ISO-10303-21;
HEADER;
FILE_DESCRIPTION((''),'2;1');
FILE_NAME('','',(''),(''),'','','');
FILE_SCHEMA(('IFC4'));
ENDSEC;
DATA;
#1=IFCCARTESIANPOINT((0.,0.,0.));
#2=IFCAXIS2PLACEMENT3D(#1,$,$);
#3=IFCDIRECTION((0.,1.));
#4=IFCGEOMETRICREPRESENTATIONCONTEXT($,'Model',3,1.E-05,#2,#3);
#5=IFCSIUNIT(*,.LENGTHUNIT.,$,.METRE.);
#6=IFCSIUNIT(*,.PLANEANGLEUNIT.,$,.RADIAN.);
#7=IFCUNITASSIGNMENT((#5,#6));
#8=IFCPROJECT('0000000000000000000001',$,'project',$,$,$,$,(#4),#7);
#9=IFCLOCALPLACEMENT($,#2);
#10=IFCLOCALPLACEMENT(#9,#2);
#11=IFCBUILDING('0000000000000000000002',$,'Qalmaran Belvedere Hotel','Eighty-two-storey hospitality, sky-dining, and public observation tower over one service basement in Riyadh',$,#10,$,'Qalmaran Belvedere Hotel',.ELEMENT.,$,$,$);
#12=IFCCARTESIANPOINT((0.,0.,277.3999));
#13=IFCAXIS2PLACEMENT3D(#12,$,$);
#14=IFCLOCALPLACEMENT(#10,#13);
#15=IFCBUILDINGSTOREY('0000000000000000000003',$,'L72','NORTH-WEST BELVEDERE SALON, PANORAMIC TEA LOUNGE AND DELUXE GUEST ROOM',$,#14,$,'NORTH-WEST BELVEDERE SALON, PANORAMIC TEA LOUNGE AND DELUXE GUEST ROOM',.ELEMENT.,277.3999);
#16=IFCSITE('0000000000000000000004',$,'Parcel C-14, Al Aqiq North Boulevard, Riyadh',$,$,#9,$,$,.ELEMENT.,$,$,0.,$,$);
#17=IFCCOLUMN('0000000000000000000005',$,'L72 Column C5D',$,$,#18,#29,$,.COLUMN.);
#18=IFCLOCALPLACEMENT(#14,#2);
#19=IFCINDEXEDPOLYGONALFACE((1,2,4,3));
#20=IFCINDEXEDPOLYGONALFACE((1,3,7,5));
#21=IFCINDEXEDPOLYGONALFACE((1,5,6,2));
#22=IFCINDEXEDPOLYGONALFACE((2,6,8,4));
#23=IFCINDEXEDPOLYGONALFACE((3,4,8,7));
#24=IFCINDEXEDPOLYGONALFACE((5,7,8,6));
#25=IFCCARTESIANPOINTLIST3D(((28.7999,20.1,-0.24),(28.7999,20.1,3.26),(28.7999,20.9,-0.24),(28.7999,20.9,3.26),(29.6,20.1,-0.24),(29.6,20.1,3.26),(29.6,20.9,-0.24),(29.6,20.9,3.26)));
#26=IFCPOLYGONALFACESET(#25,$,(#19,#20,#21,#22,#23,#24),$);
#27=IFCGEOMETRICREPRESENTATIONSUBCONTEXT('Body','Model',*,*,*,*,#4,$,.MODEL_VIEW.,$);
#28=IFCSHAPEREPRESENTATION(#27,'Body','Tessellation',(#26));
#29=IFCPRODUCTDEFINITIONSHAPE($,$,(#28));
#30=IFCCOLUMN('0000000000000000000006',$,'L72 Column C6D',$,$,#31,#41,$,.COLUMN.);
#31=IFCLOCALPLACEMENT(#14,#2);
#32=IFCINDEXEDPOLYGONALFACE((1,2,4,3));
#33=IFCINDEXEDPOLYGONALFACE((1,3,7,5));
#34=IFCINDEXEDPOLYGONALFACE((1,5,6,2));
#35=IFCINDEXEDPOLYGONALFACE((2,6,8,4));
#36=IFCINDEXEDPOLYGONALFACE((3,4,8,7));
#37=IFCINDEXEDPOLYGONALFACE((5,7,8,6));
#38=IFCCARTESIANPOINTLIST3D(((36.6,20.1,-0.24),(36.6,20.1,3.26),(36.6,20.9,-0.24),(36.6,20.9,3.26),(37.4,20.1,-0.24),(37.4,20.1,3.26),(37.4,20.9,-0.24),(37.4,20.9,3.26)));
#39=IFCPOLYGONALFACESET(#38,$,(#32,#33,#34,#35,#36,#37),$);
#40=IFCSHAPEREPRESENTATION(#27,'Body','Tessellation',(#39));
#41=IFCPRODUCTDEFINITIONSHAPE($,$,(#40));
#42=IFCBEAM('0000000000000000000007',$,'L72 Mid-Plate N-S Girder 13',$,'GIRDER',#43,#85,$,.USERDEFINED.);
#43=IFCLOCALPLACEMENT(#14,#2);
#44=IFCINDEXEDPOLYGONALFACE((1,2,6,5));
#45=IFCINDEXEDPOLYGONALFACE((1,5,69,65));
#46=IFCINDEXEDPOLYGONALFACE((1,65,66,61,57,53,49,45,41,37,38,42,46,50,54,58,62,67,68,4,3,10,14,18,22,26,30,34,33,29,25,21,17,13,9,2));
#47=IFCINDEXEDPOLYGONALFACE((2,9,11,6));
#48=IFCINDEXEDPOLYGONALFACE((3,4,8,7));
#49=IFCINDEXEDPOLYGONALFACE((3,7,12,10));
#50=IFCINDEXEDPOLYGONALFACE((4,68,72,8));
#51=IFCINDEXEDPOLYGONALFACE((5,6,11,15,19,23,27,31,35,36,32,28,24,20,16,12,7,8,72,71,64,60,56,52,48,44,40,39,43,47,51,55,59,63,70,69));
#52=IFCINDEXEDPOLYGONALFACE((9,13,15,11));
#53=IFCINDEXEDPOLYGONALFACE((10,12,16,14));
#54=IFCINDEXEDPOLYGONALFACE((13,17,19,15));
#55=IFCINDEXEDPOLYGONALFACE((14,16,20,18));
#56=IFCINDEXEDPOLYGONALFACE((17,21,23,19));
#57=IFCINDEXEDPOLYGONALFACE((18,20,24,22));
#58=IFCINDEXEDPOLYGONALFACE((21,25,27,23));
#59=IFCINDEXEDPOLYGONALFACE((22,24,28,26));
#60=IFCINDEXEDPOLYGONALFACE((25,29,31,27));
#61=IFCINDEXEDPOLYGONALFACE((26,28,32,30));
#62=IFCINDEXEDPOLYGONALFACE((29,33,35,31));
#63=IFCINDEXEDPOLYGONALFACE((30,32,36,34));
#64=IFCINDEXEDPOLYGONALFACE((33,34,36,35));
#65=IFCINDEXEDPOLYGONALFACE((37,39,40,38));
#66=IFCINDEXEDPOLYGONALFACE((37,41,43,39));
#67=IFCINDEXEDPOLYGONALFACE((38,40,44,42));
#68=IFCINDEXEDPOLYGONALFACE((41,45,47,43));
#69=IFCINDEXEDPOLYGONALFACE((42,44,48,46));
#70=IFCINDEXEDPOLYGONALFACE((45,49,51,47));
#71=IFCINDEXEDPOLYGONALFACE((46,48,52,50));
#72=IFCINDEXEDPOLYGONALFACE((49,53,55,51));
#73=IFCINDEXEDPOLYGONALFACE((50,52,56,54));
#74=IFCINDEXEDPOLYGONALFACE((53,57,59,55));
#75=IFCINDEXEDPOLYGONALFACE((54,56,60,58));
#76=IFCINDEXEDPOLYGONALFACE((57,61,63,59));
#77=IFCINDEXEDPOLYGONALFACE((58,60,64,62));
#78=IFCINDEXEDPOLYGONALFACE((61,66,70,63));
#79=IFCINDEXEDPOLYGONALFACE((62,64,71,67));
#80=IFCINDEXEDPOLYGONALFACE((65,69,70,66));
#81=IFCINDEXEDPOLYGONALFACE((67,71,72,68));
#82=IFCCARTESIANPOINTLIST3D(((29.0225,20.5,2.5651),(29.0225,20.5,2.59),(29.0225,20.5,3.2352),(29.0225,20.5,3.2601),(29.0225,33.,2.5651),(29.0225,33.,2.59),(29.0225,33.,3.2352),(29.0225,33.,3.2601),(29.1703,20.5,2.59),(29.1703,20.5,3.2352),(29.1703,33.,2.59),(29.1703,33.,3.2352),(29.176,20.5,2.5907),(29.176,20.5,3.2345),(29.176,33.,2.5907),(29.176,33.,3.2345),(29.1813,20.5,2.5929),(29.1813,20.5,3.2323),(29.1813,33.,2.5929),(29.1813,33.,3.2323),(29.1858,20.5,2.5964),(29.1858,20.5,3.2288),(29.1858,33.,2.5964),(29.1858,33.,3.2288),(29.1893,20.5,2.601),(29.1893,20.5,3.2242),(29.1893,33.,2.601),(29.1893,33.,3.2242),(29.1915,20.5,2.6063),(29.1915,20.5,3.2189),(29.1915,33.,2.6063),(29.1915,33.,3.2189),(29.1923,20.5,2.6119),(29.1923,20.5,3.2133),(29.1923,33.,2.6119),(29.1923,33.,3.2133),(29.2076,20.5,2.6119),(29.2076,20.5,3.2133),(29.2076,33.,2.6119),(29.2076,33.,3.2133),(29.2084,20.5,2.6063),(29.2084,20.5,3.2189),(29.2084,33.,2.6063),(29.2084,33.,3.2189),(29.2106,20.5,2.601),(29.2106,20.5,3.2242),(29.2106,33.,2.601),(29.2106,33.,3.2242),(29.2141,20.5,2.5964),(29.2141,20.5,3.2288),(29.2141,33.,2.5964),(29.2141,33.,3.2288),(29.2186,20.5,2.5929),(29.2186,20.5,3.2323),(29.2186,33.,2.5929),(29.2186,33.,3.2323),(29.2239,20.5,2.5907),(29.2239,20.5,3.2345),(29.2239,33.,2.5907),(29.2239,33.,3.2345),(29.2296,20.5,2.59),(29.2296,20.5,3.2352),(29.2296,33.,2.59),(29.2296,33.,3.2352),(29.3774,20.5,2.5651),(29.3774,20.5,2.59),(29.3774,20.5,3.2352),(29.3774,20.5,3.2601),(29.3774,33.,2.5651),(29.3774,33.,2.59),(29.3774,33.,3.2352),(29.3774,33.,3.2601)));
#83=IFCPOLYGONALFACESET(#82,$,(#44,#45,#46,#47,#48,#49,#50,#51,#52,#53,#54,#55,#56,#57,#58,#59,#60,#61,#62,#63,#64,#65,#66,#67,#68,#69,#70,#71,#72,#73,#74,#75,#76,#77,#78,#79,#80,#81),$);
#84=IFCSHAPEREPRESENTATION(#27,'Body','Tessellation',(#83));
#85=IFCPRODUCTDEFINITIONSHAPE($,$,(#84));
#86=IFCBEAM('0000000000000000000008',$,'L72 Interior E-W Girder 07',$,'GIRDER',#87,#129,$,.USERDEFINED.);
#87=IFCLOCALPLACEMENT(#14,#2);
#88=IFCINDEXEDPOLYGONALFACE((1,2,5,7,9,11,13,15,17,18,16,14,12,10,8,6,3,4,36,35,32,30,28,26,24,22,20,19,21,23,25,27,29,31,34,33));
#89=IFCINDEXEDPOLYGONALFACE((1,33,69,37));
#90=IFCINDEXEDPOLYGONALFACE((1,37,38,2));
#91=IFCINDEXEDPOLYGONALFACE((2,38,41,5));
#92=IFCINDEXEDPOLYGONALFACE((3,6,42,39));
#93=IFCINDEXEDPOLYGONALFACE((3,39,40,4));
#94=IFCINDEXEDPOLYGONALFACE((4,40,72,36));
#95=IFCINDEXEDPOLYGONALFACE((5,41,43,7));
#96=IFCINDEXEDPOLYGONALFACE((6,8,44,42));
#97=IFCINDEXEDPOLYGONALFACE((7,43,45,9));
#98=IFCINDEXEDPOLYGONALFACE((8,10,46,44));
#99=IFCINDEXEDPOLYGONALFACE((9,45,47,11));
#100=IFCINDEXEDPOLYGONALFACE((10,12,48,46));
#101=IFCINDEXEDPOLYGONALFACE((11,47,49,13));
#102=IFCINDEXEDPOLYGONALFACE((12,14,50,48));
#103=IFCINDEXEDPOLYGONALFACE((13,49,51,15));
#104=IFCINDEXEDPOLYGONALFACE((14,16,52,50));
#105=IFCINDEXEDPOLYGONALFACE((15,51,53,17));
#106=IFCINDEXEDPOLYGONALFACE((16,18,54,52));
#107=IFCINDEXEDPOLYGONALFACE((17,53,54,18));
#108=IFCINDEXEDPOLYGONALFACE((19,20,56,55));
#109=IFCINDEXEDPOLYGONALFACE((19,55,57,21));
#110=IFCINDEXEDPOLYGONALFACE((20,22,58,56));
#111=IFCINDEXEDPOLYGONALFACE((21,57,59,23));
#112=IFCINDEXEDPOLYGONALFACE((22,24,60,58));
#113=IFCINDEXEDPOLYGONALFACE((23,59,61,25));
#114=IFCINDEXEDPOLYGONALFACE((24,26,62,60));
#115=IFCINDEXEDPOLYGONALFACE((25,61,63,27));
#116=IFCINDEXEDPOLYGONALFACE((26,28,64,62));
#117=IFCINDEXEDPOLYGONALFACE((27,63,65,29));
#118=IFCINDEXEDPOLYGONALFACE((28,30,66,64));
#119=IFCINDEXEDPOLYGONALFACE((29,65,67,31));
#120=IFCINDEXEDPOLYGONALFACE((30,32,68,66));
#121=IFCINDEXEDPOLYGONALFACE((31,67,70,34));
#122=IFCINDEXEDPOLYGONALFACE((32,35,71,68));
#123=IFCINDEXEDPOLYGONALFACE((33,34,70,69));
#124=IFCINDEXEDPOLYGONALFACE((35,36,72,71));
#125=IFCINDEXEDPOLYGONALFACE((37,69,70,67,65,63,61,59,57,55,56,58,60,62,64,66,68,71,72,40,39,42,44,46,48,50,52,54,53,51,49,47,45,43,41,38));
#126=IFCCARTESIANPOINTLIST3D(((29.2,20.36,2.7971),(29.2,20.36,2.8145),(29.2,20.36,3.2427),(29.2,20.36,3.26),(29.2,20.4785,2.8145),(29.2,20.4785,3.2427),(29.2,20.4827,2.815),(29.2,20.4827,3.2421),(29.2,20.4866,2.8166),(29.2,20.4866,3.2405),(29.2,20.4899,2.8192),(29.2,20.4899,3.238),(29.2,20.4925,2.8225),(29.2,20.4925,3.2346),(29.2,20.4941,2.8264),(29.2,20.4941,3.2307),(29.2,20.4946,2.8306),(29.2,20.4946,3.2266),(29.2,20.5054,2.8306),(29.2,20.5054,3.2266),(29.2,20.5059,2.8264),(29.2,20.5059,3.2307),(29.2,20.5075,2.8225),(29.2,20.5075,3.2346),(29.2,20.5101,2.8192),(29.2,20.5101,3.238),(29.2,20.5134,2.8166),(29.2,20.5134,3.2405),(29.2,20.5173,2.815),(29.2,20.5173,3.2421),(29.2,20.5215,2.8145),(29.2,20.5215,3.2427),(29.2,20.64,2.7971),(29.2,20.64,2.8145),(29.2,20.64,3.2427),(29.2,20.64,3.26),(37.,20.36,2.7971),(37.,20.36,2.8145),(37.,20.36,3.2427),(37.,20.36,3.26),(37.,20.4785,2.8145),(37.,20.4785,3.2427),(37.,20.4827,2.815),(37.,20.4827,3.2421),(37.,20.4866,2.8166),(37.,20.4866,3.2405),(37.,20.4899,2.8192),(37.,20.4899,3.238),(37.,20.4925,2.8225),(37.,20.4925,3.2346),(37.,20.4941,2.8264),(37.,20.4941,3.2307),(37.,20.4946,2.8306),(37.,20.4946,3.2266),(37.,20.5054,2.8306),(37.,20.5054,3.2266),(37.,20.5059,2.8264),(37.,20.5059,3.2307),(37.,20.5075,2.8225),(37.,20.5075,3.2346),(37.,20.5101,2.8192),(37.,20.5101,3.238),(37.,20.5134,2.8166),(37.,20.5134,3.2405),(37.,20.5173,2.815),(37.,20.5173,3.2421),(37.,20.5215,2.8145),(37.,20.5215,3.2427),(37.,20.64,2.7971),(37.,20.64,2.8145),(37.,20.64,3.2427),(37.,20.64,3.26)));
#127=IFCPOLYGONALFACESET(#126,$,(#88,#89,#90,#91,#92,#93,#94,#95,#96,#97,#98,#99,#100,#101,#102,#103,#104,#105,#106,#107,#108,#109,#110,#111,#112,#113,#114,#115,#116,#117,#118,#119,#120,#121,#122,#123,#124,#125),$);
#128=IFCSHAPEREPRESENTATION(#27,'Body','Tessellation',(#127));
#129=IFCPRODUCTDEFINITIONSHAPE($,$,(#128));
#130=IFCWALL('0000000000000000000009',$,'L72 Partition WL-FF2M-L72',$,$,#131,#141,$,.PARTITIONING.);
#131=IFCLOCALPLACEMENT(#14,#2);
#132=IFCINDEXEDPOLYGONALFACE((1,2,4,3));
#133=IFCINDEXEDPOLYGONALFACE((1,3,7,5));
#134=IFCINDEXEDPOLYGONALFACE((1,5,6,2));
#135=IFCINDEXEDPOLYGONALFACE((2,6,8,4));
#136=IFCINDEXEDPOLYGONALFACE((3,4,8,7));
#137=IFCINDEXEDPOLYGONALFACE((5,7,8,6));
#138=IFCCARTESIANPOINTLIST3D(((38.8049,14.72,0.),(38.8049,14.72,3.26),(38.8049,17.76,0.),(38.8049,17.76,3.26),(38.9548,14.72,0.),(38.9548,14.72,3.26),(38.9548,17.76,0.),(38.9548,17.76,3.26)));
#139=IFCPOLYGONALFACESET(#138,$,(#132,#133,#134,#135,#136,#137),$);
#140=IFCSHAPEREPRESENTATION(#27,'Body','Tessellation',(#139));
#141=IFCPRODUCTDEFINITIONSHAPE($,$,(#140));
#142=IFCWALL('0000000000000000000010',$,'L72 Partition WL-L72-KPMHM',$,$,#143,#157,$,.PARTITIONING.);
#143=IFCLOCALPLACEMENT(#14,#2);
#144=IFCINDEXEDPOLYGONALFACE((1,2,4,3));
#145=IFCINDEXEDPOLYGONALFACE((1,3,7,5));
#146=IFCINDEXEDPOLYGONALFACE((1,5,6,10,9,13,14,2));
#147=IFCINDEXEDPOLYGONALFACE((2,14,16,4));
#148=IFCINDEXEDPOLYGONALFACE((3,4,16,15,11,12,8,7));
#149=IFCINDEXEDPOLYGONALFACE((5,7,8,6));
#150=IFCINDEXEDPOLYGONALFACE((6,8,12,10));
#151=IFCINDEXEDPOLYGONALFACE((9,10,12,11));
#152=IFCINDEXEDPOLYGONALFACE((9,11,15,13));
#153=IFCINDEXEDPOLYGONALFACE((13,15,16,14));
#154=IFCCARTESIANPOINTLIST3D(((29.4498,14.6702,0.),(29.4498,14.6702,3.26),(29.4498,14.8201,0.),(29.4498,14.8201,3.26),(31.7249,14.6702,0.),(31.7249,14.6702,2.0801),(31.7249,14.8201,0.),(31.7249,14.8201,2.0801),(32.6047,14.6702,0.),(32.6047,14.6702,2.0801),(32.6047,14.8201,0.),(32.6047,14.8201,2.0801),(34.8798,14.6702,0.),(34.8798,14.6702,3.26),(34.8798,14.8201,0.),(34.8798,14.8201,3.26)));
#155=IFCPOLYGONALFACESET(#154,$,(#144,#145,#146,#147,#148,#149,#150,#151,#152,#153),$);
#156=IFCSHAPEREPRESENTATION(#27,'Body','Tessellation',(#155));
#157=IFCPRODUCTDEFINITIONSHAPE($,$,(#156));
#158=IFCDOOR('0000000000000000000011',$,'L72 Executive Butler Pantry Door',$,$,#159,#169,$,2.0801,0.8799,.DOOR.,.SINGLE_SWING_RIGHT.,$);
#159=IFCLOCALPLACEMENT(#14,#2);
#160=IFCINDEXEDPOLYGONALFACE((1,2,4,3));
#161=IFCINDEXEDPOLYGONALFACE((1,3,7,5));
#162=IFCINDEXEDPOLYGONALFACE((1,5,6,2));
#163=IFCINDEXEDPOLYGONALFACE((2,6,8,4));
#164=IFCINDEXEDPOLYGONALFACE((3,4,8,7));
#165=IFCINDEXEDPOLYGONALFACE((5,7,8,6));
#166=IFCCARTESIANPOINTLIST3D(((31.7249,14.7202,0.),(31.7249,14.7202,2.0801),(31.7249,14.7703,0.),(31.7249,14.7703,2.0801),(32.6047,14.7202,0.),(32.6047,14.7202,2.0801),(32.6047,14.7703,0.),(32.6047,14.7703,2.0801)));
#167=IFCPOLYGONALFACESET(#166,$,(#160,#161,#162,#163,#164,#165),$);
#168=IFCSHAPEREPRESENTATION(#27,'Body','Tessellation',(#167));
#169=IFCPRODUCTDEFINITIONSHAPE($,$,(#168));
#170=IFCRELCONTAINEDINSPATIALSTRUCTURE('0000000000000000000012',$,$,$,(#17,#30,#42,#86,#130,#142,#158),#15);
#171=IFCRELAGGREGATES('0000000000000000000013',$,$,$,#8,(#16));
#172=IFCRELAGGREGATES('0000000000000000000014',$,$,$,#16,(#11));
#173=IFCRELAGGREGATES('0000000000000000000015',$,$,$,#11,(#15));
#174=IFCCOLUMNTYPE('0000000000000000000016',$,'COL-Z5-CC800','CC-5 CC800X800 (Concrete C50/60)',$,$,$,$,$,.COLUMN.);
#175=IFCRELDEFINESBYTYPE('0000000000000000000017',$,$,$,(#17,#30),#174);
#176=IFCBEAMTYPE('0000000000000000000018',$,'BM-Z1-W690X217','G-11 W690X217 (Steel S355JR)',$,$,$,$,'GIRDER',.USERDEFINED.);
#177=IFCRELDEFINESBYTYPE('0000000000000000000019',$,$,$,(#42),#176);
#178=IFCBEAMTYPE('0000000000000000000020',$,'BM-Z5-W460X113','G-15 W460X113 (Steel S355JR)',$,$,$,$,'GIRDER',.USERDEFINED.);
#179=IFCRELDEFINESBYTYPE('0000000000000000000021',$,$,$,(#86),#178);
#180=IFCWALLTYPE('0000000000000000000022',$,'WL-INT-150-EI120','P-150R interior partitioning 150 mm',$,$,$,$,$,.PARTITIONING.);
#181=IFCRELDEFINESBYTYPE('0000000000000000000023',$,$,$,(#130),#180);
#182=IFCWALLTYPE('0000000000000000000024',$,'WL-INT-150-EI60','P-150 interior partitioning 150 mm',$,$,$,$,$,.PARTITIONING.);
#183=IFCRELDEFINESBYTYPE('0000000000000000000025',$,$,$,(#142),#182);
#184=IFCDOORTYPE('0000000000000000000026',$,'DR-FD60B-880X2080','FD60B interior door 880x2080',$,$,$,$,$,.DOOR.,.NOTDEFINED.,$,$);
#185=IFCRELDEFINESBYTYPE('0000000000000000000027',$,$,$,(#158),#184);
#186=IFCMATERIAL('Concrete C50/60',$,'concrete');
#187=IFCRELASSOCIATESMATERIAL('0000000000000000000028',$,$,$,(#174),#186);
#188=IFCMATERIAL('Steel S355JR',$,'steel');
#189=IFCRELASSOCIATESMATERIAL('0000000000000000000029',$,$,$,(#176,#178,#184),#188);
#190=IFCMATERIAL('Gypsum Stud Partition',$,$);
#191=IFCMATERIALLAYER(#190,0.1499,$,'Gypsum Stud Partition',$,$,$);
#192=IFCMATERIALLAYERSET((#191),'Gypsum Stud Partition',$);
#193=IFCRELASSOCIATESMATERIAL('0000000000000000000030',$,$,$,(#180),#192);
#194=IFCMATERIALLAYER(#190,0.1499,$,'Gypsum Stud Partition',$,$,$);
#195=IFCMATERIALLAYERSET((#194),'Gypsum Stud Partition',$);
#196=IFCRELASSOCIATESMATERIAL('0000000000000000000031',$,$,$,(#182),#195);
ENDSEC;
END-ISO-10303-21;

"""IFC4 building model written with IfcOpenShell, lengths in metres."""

from ifc_helpers import new_model, si_unit, direction, frame, frame_2d, origin, origin_2d, place, context, subcontext, project, spatial, rectangle, i_section, extrude, material, layer, layer_set, material_profile, profile_set, type_object, element, fill, save


model = new_model("IFC4")

# Units and contexts
model_context = context("Model", 3, precision=1e-05, world=origin(), true_north=direction((0.0, 1.0)))
body_context = subcontext(model_context, "Body", "Model", "MODEL_VIEW")
ifc_project = project(units=[si_unit("LENGTHUNIT", "METRE"), si_unit("PLANEANGLEUNIT", "RADIAN")], contexts=[model_context])

# Site, building, storey
site_placement = place(None, origin())
site = spatial("IfcSite", under=ifc_project, at=site_placement, Name="Parcel C-14, Al Aqiq North Boulevard, Riyadh", CompositionType="ELEMENT", RefElevation=0.0)
building_placement = place(site_placement, origin())
building = spatial("IfcBuilding", under=site, at=building_placement, Name="Qalmaran Belvedere Hotel", Description="Eighty-two-storey hospitality, sky-dining, and public observation tower over one service basement in Riyadh", LongName="Qalmaran Belvedere Hotel", CompositionType="ELEMENT")
storey_placement = place(building_placement, frame((0.0, 0.0, 277.3999)))
storey = spatial("IfcBuildingStorey", under=building, at=storey_placement, Name="L72", Description="NORTH-WEST BELVEDERE SALON, PANORAMIC TEA LOUNGE AND DELUXE GUEST ROOM", LongName="NORTH-WEST BELVEDERE SALON, PANORAMIC TEA LOUNGE AND DELUXE GUEST ROOM", CompositionType="ELEMENT", Elevation=277.3999)

# Columns
ifc_material_1 = material(Name="Concrete C50/60", Category="concrete")
ifc_material_profile_1 = material_profile(ifc_material_1, rectangle(XDim=0.8, YDim=0.8, at=origin_2d()), Name="CC800X800")
ifc_profile_set_1 = profile_set([ifc_material_profile_1], Name="Concrete C50/60")
column_type = type_object("IfcColumnType", Name="COL-Z5-CC800", Description="CC-5 CC800X800 (Concrete C50/60)", PredefinedType="COLUMN", material=ifc_profile_set_1)
for number, where, z_axis, x_axis, name in (
    (1, (29.2, 20.5, -0.24), (0.0, 0.0, 1.0), (1.0, 0.0, 0.0), "L72 Column C5D"),
    (2, (37.0, 20.5, -0.24), (0.0, 0.0, 1.0), (1.0, 0.0, 0.0), "L72 Column C6D"),
):
    element("IfcColumn", number, at=place(storey_placement, frame(where, z_axis=z_axis, x_axis=x_axis)), inside=storey, type_object=column_type, Name=name, PredefinedType="COLUMN", context=body_context, shape_type="SweptSolid", body=[
        extrude(rectangle(XDim=0.8, YDim=0.8, at=origin_2d()), origin(), (0.0, 0.0, 1.0), 3.5),
    ])

# Beams
ifc_material_2 = material(Name="Steel S355JR", Category="steel")
ifc_material_profile_2 = material_profile(ifc_material_2, i_section(OverallWidth=0.355, OverallDepth=0.6951, WebThickness=0.0154, FlangeThickness=0.0249, FilletRadius=0.022, at=origin_2d()), Name="W690X217")
ifc_profile_set_2 = profile_set([ifc_material_profile_2], Name="Steel S355JR")
beam_type_1 = type_object("IfcBeamType", Name="BM-Z1-W690X217", Description="G-11 W690X217 (Steel S355JR)", ElementType="GIRDER", PredefinedType="USERDEFINED", material=ifc_profile_set_2)
beam_1_placement = place(storey_placement, frame((29.2, 20.5, 2.9126), z_axis=(0.0, 1.0, 0.0), x_axis=(-1.0, 0.0, 0.0)))
element("IfcBeam", 3, at=beam_1_placement, inside=storey, type_object=beam_type_1, Name="L72 Mid-Plate N-S Girder 13", ObjectType="GIRDER", PredefinedType="USERDEFINED", context=body_context, shape_type="SweptSolid", body=[
    extrude(i_section(OverallWidth=0.355, OverallDepth=0.6951, WebThickness=0.0154, FlangeThickness=0.0249, FilletRadius=0.022, at=origin_2d()), origin(), (0.0, 0.0, 1.0), 12.5),
])
ifc_material_profile_3 = material_profile(ifc_material_2, i_section(OverallWidth=0.28, OverallDepth=0.4629, WebThickness=0.0107, FlangeThickness=0.0173, FilletRadius=0.0161, at=origin_2d()), Name="W460X113")
ifc_profile_set_3 = profile_set([ifc_material_profile_3], Name="Steel S355JR")
beam_type_2 = type_object("IfcBeamType", Name="BM-Z5-W460X113", Description="G-15 W460X113 (Steel S355JR)", ElementType="GIRDER", PredefinedType="USERDEFINED", material=ifc_profile_set_3)
beam_2_placement = place(storey_placement, frame((29.2, 20.5, 3.0286), z_axis=(1.0, 0.0, 0.0), x_axis=(0.0, 1.0, 0.0)))
element("IfcBeam", 4, at=beam_2_placement, inside=storey, type_object=beam_type_2, Name="L72 Interior E-W Girder 07", ObjectType="GIRDER", PredefinedType="USERDEFINED", context=body_context, shape_type="SweptSolid", body=[
    extrude(i_section(OverallWidth=0.28, OverallDepth=0.4629, WebThickness=0.0107, FlangeThickness=0.0173, FilletRadius=0.0161, at=origin_2d()), origin(), (0.0, 0.0, 1.0), 7.8),
])

# Wall
ifc_material_3 = material(Name="Gypsum Stud Partition")
ifc_layer_1 = layer(ifc_material_3, 0.1499, Name="Gypsum Stud Partition")
ifc_layer_set_1 = layer_set([ifc_layer_1], Name="Gypsum Stud Partition")
wall_type_1 = type_object("IfcWallType", Name="WL-INT-150-EI120", Description="P-150R interior partitioning 150 mm", PredefinedType="PARTITIONING", material=ifc_layer_set_1)
wall_1_placement = place(storey_placement, frame((38.8799, 14.72, 0.0), z_axis=(0.0, 0.0, 1.0), x_axis=(0.0, 1.0, 0.0)))
element("IfcWall", 5, at=wall_1_placement, inside=storey, type_object=wall_type_1, Name="L72 Partition WL-FF2M-L72", PredefinedType="PARTITIONING", context=body_context, shape_type="SweptSolid", body=[
    extrude(rectangle(XDim=3.04, YDim=0.1499, at=frame_2d((1.52, 0.0))), origin(), (0.0, 0.0, 1.0), 3.26),
])

# Wall, opening, door
ifc_layer_2 = layer(ifc_material_3, 0.1499, Name="Gypsum Stud Partition")
ifc_layer_set_2 = layer_set([ifc_layer_2], Name="Gypsum Stud Partition")
wall_type_2 = type_object("IfcWallType", Name="WL-INT-150-EI60", Description="P-150 interior partitioning 150 mm", PredefinedType="PARTITIONING", material=ifc_layer_set_2)
wall_2_placement = place(storey_placement, frame((29.45, 14.7451, 0.0), z_axis=(0.0, 0.0, 1.0), x_axis=(1.0, 0.0, 0.0)))
wall_2 = element("IfcWall", 6, at=wall_2_placement, inside=storey, type_object=wall_type_2, Name="L72 Partition WL-L72-KPMHM", PredefinedType="PARTITIONING", context=body_context, shape_type="SweptSolid", body=[
    extrude(rectangle(XDim=5.4299, YDim=0.1499, at=frame_2d((2.7148, 0.0))), origin(), (0.0, 0.0, 1.0), 3.26),
])
opening_1_placement = place(wall_2_placement, frame((3.1548, 0.0, 0.0), z_axis=(0.0, 0.0, 1.0), x_axis=(-1.0, 0.0, 0.0)))
opening_1 = element("IfcOpeningElement", 7, at=opening_1_placement, cuts=wall_2, PredefinedType="OPENING", context=body_context, shape_type="SweptSolid", body=[
    extrude(rectangle(XDim=0.8799, YDim=2.0801, at=frame_2d((0.4399, 1.04))), frame((0.0, 0.085, 0.0), z_axis=(0.0, -1.0, 0.0), x_axis=(1.0, 0.0, 0.0)), (0.0, 0.0, 1.0), 0.1699),
])
door_type_1 = type_object("IfcDoorType", Name="DR-FD60B-880X2080", Description="FD60B interior door 880x2080", OperationType="NOTDEFINED", PredefinedType="DOOR", material=ifc_material_2)
door_1_placement = place(opening_1_placement, origin())
door_1 = element("IfcDoor", 8, at=door_1_placement, inside=storey, type_object=door_type_1, Name="L72 Executive Butler Pantry Door", OperationType="SINGLE_SWING_RIGHT", OverallHeight=2.0801, OverallWidth=0.8799, PredefinedType="DOOR", context=body_context, shape_type="SweptSolid", body=[
    extrude(rectangle(XDim=0.8799, YDim=2.0801, at=frame_2d((0.4399, 1.04))), frame((0.0, 0.0249, 0.0), z_axis=(0.0, -1.0, 0.0), x_axis=(1.0, 0.0, 0.0)), (0.0, 0.0, 1.0), 0.05),
])
fill(opening_1, door_1)

save(model, "model.ifc")
